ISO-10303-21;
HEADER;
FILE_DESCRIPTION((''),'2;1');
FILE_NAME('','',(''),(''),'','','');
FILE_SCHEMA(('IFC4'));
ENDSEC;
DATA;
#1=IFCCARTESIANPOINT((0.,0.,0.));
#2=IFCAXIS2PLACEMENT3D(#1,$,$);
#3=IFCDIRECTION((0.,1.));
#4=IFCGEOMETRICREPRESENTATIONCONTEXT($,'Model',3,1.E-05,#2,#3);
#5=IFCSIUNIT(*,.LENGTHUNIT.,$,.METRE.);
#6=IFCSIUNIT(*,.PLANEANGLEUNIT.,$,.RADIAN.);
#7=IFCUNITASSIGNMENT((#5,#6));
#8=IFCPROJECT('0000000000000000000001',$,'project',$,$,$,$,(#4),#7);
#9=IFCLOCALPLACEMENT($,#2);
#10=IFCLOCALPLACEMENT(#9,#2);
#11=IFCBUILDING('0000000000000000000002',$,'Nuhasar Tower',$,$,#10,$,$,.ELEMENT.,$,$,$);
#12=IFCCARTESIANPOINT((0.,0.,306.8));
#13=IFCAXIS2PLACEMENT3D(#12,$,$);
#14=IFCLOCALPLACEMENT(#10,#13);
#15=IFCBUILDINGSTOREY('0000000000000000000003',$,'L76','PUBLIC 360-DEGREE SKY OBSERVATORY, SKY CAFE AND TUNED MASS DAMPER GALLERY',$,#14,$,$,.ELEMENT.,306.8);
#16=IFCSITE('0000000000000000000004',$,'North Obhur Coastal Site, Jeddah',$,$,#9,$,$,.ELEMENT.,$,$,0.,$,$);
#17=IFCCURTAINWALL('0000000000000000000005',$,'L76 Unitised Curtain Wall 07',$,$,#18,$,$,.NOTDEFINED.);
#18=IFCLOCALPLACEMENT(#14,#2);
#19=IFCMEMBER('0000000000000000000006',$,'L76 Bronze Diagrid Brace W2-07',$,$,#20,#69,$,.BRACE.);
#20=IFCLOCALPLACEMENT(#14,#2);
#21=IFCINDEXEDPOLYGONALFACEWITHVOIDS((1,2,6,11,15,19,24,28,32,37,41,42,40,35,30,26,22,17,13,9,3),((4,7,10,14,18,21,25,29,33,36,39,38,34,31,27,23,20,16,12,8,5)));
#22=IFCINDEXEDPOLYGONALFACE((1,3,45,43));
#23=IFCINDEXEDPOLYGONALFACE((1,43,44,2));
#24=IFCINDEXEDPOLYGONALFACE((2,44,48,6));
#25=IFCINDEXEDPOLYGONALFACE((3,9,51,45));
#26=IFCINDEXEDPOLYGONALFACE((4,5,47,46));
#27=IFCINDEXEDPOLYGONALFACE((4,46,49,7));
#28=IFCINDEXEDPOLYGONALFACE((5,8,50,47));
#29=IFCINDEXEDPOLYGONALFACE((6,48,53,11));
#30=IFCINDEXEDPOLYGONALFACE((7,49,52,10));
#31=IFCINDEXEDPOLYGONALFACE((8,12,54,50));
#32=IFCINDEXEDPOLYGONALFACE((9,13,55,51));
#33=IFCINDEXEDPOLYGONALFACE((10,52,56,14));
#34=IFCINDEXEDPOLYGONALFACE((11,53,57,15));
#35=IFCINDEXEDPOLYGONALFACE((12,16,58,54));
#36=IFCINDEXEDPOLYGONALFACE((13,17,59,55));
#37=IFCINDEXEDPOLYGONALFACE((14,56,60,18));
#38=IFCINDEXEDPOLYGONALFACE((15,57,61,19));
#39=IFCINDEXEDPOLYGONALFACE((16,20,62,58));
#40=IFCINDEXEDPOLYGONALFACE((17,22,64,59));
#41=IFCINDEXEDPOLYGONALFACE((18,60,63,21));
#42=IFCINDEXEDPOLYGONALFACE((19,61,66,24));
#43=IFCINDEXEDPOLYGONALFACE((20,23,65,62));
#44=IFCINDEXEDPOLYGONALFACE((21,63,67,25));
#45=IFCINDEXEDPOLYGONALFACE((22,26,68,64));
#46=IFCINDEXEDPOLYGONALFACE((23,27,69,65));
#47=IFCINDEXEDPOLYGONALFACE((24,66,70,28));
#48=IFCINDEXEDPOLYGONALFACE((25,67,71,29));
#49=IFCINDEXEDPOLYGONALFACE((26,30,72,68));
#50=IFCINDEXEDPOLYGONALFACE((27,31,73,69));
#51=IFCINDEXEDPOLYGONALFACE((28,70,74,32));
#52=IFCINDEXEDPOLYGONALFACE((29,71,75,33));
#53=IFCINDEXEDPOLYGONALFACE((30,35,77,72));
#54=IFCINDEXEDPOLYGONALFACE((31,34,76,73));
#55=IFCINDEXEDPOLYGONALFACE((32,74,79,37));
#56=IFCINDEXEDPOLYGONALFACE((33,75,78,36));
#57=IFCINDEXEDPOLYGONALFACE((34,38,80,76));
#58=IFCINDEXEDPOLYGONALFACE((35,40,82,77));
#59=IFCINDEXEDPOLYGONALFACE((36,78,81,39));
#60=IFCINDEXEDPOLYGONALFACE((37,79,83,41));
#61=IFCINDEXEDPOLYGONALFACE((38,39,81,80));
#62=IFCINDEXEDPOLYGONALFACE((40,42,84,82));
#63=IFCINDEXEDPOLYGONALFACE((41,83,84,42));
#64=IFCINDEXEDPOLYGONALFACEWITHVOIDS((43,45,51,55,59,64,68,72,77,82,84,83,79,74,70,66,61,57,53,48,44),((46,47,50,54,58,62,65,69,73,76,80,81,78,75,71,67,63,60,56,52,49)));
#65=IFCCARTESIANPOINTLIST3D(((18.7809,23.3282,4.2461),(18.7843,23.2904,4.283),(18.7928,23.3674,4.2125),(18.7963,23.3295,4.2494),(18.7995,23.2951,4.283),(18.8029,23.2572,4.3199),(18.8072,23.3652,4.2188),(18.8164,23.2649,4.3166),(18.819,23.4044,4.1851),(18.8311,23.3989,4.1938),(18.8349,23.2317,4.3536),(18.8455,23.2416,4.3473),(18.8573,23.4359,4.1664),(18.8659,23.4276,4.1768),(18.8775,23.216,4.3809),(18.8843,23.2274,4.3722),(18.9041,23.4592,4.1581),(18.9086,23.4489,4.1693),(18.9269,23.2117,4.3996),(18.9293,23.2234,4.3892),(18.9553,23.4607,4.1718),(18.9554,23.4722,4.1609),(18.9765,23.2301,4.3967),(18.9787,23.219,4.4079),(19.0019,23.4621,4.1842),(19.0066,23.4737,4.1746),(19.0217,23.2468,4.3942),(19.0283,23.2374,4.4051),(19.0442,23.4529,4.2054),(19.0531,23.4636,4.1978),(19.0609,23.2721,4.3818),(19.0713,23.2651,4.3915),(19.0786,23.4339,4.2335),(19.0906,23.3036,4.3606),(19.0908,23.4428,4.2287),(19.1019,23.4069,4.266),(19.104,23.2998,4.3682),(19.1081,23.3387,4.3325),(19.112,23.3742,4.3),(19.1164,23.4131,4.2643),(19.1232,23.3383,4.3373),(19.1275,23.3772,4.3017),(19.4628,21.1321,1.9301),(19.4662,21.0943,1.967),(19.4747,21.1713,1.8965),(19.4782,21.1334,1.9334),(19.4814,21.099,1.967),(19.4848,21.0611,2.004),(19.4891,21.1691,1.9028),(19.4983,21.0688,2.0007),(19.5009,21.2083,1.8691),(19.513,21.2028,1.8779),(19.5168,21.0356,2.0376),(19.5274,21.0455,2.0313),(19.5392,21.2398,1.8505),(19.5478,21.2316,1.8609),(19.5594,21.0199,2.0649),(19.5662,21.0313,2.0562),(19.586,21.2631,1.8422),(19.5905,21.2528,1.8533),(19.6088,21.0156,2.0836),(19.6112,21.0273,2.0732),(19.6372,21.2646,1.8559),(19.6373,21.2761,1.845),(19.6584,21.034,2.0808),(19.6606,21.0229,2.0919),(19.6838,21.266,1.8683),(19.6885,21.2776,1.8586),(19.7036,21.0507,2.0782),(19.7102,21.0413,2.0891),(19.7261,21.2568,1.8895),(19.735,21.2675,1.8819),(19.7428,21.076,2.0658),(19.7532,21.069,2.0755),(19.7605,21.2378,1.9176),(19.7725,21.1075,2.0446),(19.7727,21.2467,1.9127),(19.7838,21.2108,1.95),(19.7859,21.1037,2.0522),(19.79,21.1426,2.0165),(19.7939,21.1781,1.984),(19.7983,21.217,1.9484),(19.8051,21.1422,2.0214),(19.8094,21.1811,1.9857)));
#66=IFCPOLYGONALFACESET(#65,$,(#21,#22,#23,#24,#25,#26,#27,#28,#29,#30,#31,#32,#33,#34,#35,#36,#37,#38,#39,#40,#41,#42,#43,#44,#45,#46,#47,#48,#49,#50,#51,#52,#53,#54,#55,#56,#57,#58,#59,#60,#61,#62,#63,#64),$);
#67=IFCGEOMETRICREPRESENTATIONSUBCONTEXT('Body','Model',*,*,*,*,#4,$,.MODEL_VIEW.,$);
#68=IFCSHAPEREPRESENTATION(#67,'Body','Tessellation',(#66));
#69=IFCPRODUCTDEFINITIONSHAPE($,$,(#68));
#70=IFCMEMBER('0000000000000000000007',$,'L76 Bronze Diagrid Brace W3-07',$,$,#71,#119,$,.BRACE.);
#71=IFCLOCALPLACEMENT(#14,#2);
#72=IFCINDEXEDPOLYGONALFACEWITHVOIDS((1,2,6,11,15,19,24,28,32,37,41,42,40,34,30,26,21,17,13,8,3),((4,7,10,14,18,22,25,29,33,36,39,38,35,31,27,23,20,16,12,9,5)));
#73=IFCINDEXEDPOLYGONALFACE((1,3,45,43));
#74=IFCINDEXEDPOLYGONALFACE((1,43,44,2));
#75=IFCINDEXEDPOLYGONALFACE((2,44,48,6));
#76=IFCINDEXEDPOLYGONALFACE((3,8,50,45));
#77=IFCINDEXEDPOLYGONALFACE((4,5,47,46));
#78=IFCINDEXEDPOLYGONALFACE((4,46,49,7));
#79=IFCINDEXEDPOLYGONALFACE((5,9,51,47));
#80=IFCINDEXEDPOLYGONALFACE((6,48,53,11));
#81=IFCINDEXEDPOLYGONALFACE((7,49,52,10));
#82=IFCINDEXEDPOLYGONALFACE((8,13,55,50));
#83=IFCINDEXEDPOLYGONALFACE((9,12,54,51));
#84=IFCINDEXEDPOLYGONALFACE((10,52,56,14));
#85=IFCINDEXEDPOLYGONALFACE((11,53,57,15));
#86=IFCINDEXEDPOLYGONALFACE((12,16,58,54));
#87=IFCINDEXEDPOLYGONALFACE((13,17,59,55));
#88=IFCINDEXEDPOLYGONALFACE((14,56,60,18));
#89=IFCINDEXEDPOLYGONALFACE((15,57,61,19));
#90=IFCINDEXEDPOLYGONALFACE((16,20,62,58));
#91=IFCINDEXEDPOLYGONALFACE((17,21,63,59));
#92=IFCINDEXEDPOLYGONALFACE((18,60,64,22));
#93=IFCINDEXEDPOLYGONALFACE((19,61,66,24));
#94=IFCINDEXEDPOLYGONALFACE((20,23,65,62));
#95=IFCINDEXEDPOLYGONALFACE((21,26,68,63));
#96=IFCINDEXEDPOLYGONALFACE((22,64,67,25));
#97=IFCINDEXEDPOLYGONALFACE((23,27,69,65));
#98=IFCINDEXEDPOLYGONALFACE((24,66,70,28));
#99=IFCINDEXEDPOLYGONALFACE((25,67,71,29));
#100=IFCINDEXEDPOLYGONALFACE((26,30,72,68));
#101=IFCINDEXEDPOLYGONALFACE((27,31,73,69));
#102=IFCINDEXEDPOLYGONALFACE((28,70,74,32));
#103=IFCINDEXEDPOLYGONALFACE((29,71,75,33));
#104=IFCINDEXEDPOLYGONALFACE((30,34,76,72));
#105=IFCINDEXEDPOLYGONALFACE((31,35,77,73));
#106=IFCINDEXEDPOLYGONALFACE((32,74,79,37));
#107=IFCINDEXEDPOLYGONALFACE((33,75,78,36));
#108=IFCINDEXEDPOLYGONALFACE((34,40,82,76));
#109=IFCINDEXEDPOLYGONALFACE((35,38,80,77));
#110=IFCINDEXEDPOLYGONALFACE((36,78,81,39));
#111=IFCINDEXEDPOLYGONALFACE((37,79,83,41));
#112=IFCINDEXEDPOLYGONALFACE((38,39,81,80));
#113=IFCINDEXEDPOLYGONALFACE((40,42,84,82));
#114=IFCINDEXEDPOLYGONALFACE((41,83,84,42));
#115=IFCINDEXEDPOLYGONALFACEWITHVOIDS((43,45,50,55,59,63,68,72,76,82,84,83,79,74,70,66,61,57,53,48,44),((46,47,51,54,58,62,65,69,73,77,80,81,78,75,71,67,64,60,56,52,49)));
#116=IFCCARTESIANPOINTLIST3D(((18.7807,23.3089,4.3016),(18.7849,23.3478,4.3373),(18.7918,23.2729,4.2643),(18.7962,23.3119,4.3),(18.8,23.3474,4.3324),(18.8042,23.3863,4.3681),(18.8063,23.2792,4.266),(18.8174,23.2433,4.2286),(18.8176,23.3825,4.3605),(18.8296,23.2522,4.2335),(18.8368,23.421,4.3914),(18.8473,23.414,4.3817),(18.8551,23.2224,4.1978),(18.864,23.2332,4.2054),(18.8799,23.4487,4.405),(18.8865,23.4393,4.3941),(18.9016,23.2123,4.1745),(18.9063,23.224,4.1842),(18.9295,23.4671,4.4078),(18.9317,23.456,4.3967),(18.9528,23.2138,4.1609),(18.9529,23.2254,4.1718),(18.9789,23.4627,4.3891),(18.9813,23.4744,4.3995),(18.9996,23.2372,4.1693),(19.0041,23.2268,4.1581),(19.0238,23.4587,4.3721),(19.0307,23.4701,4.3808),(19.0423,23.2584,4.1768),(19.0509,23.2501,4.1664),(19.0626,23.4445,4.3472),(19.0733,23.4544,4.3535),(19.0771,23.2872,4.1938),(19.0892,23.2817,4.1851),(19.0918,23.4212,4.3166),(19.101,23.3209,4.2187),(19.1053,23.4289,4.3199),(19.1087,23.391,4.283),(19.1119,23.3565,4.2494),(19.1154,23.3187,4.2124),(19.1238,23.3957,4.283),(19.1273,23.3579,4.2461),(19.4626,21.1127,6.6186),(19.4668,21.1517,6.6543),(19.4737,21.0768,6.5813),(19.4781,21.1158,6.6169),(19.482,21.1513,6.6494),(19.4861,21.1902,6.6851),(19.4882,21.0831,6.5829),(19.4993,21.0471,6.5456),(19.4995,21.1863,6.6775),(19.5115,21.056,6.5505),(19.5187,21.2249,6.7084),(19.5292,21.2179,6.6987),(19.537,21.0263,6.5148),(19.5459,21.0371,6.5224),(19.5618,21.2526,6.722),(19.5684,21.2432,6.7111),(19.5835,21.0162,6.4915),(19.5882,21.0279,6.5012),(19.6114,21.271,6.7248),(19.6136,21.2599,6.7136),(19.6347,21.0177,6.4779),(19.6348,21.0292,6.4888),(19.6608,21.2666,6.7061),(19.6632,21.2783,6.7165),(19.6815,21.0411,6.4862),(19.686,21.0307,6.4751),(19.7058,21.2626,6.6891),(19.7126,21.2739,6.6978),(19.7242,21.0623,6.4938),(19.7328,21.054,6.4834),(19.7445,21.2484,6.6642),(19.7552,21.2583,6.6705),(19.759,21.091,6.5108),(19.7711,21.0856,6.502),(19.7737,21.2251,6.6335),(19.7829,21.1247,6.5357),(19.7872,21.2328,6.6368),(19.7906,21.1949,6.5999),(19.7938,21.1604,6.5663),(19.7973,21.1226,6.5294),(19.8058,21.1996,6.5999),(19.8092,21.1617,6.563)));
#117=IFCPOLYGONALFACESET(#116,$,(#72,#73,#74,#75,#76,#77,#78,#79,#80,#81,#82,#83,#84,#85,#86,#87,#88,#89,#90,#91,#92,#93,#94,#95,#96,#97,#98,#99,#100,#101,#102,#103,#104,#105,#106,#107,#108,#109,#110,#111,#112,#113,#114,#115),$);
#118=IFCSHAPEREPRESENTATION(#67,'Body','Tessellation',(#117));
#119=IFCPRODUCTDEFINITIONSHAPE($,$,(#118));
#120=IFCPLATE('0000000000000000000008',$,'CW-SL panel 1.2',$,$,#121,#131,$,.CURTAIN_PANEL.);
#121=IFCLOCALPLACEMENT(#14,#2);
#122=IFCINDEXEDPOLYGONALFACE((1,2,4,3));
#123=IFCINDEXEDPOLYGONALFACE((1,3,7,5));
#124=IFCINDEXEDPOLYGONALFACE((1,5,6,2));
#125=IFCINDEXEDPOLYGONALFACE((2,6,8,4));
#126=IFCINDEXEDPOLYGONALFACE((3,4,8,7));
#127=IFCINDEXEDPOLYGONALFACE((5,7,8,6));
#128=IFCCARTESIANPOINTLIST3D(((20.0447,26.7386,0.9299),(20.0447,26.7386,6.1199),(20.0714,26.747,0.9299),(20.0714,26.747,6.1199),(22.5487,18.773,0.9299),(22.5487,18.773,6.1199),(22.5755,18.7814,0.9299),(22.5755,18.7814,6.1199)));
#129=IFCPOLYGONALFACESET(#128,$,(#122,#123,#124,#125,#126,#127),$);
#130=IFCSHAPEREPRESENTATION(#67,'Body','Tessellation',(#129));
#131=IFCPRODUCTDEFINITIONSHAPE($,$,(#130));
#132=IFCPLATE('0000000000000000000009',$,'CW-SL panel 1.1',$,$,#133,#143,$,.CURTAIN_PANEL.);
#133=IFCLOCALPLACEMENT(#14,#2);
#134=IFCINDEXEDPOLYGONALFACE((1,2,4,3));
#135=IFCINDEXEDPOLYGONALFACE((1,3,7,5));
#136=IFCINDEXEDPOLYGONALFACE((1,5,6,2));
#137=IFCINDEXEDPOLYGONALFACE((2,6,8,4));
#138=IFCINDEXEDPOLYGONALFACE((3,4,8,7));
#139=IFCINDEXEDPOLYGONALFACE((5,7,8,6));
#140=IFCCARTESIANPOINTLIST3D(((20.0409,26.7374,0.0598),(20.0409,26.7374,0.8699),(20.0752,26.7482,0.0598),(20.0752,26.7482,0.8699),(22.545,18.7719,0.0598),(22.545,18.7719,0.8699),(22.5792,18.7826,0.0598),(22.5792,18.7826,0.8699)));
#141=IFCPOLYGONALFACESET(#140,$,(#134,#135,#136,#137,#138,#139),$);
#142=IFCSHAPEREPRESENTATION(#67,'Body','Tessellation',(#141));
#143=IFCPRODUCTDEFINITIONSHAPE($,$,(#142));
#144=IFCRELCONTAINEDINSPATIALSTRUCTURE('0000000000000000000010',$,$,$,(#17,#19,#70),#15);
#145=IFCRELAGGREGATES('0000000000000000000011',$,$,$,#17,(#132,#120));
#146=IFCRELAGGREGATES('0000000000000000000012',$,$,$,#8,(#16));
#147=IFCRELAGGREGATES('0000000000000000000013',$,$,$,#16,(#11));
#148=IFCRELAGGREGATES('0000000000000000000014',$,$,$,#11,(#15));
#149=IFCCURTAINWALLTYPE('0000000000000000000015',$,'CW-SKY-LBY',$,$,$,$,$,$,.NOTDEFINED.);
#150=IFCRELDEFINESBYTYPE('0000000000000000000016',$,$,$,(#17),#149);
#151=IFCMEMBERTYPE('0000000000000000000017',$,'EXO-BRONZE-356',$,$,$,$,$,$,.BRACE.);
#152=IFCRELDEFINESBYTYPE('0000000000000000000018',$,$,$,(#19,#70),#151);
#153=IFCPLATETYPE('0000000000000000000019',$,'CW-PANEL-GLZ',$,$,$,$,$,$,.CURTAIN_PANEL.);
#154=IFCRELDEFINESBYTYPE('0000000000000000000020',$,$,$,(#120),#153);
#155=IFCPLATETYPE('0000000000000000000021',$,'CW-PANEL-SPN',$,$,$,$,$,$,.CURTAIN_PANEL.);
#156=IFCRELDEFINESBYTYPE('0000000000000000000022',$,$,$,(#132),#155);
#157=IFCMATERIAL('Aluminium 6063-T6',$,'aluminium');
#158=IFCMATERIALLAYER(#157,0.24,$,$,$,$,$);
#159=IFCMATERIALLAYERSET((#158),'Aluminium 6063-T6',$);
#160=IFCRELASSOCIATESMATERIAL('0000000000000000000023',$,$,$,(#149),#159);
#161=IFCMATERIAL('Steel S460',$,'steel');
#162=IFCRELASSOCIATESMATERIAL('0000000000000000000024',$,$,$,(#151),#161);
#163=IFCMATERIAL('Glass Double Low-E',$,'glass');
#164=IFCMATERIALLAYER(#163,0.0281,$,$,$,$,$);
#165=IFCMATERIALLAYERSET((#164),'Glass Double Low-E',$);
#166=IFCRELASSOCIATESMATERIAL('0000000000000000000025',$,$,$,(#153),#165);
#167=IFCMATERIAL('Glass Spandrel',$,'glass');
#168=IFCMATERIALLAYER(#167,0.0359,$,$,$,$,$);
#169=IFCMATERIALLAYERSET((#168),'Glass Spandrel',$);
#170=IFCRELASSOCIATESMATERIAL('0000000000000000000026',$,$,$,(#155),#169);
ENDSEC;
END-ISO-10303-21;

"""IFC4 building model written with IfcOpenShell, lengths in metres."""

from ifc_helpers import new_model, si_unit, direction, frame, origin, origin_2d, place, context, subcontext, project, spatial, rectangle, hollow_circle, extrude, material, layer, layer_set, material_profile, profile_set, type_object, element, aggregate, save


model = new_model("IFC4")

# Units and contexts
model_context = context("Model", 3, precision=1e-05, world=origin(), true_north=direction((0.0, 1.0)))
body_context = subcontext(model_context, "Body", "Model", "MODEL_VIEW")
ifc_project = project(units=[si_unit("LENGTHUNIT", "METRE"), si_unit("PLANEANGLEUNIT", "RADIAN")], contexts=[model_context])

# Site, building, storey
site_placement = place(None, origin())
site = spatial("IfcSite", under=ifc_project, at=site_placement, Name="North Obhur Coastal Site, Jeddah", CompositionType="ELEMENT", RefElevation=0.0)
building_placement = place(site_placement, origin())
building = spatial("IfcBuilding", under=site, at=building_placement, Name="Nuhasar Tower", CompositionType="ELEMENT")
storey_placement = place(building_placement, frame((0.0, 0.0, 306.8)))
storey = spatial("IfcBuildingStorey", under=building, at=storey_placement, Name="L76", Description="PUBLIC 360-DEGREE SKY OBSERVATORY, SKY CAFE AND TUNED MASS DAMPER GALLERY", CompositionType="ELEMENT", Elevation=306.8)

# Shared definitions
ifc_material_1 = material(Name="Steel S460", Category="steel")

# Curtain wall
ifc_material_2 = material(Name="Aluminium 6063-T6", Category="aluminium")
ifc_layer_1 = layer(ifc_material_2, 0.24)
ifc_layer_set_1 = layer_set([ifc_layer_1], Name="Aluminium 6063-T6")
curtain_wall_type = type_object("IfcCurtainWallType", Name="CW-SKY-LBY", PredefinedType="NOTDEFINED", material=ifc_layer_set_1)
curtain_wall_1_placement = place(storey_placement, origin())
curtain_wall_1 = element("IfcCurtainWall", 1, at=curtain_wall_1_placement, inside=storey, type_object=curtain_wall_type, Name="L76 Unitised Curtain Wall 07", PredefinedType="NOTDEFINED")

# Members
ifc_material_profile_1 = material_profile(ifc_material_1, hollow_circle(Radius=0.1777, WallThickness=0.0159, at=origin_2d()), Name="HSS355.6X15.9")
ifc_profile_set_1 = profile_set([ifc_material_profile_1], Name="Steel S460")
member_type_1 = type_object("IfcMemberType", Name="EXO-BRONZE-356", PredefinedType="BRACE", material=ifc_profile_set_1)
member_1_placement = place(storey_placement, frame((19.636, 21.147, 1.967), z_axis=(-0.208937, 0.672891, 0.709622), x_axis=(-0.955021, -0.296539, 0.0)))
element("IfcMember", 2, at=member_1_placement, inside=storey, type_object=member_type_1, Name="L76 Bronze Diagrid Brace W2-07", PredefinedType="BRACE", context=body_context, shape_type="SweptSolid", body=[
    extrude(hollow_circle(Radius=0.1777, WallThickness=0.0159, at=origin_2d()), origin(), (0.0, 0.0, 1.0), 3.2637),
])
member_2_placement = place(storey_placement, frame((18.9541, 23.343, 4.283), z_axis=(0.208892, -0.672748, 0.70977), x_axis=(0.955021, 0.296539, 0.0)))
element("IfcMember", 3, at=member_2_placement, inside=storey, type_object=member_type_1, Name="L76 Bronze Diagrid Brace W3-07", PredefinedType="BRACE", context=body_context, shape_type="SweptSolid", body=[
    extrude(hollow_circle(Radius=0.1777, WallThickness=0.0159, at=origin_2d()), origin(), (0.0, 0.0, 1.0), 3.2644),
])

# Plates
ifc_material_3 = material(Name="Glass Double Low-E", Category="glass")
ifc_layer_2 = layer(ifc_material_3, 0.0281)
ifc_layer_set_2 = layer_set([ifc_layer_2], Name="Glass Double Low-E")
plate_type_1 = type_object("IfcPlateType", Name="CW-PANEL-GLZ", PredefinedType="CURTAIN_PANEL", material=ifc_layer_set_2)
plate_1_placement = place(storey_placement, frame((21.3101, 22.76, 0.9299), z_axis=(0.0, 0.0, 1.0), x_axis=(0.299888, -0.953974, 0.0)))
plate_1 = element("IfcPlate", 4, at=plate_1_placement, type_object=plate_type_1, Name="CW-SL panel 1.2", PredefinedType="CURTAIN_PANEL", context=body_context, shape_type="SweptSolid", body=[
    extrude(rectangle(XDim=8.3499, YDim=0.0281, at=origin_2d()), origin(), (0.0, 0.0, 1.0), 5.1899),
])
ifc_material_4 = material(Name="Glass Spandrel", Category="glass")
ifc_layer_3 = layer(ifc_material_4, 0.0359)
ifc_layer_set_3 = layer_set([ifc_layer_3], Name="Glass Spandrel")
plate_type_2 = type_object("IfcPlateType", Name="CW-PANEL-SPN", PredefinedType="CURTAIN_PANEL", material=ifc_layer_set_3)
plate_2_placement = place(storey_placement, frame((21.3101, 22.76, 0.0598), z_axis=(0.0, 0.0, 1.0), x_axis=(0.299888, -0.953974, 0.0)))
plate_2 = element("IfcPlate", 5, at=plate_2_placement, type_object=plate_type_2, Name="CW-SL panel 1.1", PredefinedType="CURTAIN_PANEL", context=body_context, shape_type="SweptSolid", body=[
    extrude(rectangle(XDim=8.3499, YDim=0.0359, at=origin_2d()), origin(), (0.0, 0.0, 1.0), 0.8101),
])
aggregate(curtain_wall_1, [plate_2, plate_1])

save(model, "model.ifc")
